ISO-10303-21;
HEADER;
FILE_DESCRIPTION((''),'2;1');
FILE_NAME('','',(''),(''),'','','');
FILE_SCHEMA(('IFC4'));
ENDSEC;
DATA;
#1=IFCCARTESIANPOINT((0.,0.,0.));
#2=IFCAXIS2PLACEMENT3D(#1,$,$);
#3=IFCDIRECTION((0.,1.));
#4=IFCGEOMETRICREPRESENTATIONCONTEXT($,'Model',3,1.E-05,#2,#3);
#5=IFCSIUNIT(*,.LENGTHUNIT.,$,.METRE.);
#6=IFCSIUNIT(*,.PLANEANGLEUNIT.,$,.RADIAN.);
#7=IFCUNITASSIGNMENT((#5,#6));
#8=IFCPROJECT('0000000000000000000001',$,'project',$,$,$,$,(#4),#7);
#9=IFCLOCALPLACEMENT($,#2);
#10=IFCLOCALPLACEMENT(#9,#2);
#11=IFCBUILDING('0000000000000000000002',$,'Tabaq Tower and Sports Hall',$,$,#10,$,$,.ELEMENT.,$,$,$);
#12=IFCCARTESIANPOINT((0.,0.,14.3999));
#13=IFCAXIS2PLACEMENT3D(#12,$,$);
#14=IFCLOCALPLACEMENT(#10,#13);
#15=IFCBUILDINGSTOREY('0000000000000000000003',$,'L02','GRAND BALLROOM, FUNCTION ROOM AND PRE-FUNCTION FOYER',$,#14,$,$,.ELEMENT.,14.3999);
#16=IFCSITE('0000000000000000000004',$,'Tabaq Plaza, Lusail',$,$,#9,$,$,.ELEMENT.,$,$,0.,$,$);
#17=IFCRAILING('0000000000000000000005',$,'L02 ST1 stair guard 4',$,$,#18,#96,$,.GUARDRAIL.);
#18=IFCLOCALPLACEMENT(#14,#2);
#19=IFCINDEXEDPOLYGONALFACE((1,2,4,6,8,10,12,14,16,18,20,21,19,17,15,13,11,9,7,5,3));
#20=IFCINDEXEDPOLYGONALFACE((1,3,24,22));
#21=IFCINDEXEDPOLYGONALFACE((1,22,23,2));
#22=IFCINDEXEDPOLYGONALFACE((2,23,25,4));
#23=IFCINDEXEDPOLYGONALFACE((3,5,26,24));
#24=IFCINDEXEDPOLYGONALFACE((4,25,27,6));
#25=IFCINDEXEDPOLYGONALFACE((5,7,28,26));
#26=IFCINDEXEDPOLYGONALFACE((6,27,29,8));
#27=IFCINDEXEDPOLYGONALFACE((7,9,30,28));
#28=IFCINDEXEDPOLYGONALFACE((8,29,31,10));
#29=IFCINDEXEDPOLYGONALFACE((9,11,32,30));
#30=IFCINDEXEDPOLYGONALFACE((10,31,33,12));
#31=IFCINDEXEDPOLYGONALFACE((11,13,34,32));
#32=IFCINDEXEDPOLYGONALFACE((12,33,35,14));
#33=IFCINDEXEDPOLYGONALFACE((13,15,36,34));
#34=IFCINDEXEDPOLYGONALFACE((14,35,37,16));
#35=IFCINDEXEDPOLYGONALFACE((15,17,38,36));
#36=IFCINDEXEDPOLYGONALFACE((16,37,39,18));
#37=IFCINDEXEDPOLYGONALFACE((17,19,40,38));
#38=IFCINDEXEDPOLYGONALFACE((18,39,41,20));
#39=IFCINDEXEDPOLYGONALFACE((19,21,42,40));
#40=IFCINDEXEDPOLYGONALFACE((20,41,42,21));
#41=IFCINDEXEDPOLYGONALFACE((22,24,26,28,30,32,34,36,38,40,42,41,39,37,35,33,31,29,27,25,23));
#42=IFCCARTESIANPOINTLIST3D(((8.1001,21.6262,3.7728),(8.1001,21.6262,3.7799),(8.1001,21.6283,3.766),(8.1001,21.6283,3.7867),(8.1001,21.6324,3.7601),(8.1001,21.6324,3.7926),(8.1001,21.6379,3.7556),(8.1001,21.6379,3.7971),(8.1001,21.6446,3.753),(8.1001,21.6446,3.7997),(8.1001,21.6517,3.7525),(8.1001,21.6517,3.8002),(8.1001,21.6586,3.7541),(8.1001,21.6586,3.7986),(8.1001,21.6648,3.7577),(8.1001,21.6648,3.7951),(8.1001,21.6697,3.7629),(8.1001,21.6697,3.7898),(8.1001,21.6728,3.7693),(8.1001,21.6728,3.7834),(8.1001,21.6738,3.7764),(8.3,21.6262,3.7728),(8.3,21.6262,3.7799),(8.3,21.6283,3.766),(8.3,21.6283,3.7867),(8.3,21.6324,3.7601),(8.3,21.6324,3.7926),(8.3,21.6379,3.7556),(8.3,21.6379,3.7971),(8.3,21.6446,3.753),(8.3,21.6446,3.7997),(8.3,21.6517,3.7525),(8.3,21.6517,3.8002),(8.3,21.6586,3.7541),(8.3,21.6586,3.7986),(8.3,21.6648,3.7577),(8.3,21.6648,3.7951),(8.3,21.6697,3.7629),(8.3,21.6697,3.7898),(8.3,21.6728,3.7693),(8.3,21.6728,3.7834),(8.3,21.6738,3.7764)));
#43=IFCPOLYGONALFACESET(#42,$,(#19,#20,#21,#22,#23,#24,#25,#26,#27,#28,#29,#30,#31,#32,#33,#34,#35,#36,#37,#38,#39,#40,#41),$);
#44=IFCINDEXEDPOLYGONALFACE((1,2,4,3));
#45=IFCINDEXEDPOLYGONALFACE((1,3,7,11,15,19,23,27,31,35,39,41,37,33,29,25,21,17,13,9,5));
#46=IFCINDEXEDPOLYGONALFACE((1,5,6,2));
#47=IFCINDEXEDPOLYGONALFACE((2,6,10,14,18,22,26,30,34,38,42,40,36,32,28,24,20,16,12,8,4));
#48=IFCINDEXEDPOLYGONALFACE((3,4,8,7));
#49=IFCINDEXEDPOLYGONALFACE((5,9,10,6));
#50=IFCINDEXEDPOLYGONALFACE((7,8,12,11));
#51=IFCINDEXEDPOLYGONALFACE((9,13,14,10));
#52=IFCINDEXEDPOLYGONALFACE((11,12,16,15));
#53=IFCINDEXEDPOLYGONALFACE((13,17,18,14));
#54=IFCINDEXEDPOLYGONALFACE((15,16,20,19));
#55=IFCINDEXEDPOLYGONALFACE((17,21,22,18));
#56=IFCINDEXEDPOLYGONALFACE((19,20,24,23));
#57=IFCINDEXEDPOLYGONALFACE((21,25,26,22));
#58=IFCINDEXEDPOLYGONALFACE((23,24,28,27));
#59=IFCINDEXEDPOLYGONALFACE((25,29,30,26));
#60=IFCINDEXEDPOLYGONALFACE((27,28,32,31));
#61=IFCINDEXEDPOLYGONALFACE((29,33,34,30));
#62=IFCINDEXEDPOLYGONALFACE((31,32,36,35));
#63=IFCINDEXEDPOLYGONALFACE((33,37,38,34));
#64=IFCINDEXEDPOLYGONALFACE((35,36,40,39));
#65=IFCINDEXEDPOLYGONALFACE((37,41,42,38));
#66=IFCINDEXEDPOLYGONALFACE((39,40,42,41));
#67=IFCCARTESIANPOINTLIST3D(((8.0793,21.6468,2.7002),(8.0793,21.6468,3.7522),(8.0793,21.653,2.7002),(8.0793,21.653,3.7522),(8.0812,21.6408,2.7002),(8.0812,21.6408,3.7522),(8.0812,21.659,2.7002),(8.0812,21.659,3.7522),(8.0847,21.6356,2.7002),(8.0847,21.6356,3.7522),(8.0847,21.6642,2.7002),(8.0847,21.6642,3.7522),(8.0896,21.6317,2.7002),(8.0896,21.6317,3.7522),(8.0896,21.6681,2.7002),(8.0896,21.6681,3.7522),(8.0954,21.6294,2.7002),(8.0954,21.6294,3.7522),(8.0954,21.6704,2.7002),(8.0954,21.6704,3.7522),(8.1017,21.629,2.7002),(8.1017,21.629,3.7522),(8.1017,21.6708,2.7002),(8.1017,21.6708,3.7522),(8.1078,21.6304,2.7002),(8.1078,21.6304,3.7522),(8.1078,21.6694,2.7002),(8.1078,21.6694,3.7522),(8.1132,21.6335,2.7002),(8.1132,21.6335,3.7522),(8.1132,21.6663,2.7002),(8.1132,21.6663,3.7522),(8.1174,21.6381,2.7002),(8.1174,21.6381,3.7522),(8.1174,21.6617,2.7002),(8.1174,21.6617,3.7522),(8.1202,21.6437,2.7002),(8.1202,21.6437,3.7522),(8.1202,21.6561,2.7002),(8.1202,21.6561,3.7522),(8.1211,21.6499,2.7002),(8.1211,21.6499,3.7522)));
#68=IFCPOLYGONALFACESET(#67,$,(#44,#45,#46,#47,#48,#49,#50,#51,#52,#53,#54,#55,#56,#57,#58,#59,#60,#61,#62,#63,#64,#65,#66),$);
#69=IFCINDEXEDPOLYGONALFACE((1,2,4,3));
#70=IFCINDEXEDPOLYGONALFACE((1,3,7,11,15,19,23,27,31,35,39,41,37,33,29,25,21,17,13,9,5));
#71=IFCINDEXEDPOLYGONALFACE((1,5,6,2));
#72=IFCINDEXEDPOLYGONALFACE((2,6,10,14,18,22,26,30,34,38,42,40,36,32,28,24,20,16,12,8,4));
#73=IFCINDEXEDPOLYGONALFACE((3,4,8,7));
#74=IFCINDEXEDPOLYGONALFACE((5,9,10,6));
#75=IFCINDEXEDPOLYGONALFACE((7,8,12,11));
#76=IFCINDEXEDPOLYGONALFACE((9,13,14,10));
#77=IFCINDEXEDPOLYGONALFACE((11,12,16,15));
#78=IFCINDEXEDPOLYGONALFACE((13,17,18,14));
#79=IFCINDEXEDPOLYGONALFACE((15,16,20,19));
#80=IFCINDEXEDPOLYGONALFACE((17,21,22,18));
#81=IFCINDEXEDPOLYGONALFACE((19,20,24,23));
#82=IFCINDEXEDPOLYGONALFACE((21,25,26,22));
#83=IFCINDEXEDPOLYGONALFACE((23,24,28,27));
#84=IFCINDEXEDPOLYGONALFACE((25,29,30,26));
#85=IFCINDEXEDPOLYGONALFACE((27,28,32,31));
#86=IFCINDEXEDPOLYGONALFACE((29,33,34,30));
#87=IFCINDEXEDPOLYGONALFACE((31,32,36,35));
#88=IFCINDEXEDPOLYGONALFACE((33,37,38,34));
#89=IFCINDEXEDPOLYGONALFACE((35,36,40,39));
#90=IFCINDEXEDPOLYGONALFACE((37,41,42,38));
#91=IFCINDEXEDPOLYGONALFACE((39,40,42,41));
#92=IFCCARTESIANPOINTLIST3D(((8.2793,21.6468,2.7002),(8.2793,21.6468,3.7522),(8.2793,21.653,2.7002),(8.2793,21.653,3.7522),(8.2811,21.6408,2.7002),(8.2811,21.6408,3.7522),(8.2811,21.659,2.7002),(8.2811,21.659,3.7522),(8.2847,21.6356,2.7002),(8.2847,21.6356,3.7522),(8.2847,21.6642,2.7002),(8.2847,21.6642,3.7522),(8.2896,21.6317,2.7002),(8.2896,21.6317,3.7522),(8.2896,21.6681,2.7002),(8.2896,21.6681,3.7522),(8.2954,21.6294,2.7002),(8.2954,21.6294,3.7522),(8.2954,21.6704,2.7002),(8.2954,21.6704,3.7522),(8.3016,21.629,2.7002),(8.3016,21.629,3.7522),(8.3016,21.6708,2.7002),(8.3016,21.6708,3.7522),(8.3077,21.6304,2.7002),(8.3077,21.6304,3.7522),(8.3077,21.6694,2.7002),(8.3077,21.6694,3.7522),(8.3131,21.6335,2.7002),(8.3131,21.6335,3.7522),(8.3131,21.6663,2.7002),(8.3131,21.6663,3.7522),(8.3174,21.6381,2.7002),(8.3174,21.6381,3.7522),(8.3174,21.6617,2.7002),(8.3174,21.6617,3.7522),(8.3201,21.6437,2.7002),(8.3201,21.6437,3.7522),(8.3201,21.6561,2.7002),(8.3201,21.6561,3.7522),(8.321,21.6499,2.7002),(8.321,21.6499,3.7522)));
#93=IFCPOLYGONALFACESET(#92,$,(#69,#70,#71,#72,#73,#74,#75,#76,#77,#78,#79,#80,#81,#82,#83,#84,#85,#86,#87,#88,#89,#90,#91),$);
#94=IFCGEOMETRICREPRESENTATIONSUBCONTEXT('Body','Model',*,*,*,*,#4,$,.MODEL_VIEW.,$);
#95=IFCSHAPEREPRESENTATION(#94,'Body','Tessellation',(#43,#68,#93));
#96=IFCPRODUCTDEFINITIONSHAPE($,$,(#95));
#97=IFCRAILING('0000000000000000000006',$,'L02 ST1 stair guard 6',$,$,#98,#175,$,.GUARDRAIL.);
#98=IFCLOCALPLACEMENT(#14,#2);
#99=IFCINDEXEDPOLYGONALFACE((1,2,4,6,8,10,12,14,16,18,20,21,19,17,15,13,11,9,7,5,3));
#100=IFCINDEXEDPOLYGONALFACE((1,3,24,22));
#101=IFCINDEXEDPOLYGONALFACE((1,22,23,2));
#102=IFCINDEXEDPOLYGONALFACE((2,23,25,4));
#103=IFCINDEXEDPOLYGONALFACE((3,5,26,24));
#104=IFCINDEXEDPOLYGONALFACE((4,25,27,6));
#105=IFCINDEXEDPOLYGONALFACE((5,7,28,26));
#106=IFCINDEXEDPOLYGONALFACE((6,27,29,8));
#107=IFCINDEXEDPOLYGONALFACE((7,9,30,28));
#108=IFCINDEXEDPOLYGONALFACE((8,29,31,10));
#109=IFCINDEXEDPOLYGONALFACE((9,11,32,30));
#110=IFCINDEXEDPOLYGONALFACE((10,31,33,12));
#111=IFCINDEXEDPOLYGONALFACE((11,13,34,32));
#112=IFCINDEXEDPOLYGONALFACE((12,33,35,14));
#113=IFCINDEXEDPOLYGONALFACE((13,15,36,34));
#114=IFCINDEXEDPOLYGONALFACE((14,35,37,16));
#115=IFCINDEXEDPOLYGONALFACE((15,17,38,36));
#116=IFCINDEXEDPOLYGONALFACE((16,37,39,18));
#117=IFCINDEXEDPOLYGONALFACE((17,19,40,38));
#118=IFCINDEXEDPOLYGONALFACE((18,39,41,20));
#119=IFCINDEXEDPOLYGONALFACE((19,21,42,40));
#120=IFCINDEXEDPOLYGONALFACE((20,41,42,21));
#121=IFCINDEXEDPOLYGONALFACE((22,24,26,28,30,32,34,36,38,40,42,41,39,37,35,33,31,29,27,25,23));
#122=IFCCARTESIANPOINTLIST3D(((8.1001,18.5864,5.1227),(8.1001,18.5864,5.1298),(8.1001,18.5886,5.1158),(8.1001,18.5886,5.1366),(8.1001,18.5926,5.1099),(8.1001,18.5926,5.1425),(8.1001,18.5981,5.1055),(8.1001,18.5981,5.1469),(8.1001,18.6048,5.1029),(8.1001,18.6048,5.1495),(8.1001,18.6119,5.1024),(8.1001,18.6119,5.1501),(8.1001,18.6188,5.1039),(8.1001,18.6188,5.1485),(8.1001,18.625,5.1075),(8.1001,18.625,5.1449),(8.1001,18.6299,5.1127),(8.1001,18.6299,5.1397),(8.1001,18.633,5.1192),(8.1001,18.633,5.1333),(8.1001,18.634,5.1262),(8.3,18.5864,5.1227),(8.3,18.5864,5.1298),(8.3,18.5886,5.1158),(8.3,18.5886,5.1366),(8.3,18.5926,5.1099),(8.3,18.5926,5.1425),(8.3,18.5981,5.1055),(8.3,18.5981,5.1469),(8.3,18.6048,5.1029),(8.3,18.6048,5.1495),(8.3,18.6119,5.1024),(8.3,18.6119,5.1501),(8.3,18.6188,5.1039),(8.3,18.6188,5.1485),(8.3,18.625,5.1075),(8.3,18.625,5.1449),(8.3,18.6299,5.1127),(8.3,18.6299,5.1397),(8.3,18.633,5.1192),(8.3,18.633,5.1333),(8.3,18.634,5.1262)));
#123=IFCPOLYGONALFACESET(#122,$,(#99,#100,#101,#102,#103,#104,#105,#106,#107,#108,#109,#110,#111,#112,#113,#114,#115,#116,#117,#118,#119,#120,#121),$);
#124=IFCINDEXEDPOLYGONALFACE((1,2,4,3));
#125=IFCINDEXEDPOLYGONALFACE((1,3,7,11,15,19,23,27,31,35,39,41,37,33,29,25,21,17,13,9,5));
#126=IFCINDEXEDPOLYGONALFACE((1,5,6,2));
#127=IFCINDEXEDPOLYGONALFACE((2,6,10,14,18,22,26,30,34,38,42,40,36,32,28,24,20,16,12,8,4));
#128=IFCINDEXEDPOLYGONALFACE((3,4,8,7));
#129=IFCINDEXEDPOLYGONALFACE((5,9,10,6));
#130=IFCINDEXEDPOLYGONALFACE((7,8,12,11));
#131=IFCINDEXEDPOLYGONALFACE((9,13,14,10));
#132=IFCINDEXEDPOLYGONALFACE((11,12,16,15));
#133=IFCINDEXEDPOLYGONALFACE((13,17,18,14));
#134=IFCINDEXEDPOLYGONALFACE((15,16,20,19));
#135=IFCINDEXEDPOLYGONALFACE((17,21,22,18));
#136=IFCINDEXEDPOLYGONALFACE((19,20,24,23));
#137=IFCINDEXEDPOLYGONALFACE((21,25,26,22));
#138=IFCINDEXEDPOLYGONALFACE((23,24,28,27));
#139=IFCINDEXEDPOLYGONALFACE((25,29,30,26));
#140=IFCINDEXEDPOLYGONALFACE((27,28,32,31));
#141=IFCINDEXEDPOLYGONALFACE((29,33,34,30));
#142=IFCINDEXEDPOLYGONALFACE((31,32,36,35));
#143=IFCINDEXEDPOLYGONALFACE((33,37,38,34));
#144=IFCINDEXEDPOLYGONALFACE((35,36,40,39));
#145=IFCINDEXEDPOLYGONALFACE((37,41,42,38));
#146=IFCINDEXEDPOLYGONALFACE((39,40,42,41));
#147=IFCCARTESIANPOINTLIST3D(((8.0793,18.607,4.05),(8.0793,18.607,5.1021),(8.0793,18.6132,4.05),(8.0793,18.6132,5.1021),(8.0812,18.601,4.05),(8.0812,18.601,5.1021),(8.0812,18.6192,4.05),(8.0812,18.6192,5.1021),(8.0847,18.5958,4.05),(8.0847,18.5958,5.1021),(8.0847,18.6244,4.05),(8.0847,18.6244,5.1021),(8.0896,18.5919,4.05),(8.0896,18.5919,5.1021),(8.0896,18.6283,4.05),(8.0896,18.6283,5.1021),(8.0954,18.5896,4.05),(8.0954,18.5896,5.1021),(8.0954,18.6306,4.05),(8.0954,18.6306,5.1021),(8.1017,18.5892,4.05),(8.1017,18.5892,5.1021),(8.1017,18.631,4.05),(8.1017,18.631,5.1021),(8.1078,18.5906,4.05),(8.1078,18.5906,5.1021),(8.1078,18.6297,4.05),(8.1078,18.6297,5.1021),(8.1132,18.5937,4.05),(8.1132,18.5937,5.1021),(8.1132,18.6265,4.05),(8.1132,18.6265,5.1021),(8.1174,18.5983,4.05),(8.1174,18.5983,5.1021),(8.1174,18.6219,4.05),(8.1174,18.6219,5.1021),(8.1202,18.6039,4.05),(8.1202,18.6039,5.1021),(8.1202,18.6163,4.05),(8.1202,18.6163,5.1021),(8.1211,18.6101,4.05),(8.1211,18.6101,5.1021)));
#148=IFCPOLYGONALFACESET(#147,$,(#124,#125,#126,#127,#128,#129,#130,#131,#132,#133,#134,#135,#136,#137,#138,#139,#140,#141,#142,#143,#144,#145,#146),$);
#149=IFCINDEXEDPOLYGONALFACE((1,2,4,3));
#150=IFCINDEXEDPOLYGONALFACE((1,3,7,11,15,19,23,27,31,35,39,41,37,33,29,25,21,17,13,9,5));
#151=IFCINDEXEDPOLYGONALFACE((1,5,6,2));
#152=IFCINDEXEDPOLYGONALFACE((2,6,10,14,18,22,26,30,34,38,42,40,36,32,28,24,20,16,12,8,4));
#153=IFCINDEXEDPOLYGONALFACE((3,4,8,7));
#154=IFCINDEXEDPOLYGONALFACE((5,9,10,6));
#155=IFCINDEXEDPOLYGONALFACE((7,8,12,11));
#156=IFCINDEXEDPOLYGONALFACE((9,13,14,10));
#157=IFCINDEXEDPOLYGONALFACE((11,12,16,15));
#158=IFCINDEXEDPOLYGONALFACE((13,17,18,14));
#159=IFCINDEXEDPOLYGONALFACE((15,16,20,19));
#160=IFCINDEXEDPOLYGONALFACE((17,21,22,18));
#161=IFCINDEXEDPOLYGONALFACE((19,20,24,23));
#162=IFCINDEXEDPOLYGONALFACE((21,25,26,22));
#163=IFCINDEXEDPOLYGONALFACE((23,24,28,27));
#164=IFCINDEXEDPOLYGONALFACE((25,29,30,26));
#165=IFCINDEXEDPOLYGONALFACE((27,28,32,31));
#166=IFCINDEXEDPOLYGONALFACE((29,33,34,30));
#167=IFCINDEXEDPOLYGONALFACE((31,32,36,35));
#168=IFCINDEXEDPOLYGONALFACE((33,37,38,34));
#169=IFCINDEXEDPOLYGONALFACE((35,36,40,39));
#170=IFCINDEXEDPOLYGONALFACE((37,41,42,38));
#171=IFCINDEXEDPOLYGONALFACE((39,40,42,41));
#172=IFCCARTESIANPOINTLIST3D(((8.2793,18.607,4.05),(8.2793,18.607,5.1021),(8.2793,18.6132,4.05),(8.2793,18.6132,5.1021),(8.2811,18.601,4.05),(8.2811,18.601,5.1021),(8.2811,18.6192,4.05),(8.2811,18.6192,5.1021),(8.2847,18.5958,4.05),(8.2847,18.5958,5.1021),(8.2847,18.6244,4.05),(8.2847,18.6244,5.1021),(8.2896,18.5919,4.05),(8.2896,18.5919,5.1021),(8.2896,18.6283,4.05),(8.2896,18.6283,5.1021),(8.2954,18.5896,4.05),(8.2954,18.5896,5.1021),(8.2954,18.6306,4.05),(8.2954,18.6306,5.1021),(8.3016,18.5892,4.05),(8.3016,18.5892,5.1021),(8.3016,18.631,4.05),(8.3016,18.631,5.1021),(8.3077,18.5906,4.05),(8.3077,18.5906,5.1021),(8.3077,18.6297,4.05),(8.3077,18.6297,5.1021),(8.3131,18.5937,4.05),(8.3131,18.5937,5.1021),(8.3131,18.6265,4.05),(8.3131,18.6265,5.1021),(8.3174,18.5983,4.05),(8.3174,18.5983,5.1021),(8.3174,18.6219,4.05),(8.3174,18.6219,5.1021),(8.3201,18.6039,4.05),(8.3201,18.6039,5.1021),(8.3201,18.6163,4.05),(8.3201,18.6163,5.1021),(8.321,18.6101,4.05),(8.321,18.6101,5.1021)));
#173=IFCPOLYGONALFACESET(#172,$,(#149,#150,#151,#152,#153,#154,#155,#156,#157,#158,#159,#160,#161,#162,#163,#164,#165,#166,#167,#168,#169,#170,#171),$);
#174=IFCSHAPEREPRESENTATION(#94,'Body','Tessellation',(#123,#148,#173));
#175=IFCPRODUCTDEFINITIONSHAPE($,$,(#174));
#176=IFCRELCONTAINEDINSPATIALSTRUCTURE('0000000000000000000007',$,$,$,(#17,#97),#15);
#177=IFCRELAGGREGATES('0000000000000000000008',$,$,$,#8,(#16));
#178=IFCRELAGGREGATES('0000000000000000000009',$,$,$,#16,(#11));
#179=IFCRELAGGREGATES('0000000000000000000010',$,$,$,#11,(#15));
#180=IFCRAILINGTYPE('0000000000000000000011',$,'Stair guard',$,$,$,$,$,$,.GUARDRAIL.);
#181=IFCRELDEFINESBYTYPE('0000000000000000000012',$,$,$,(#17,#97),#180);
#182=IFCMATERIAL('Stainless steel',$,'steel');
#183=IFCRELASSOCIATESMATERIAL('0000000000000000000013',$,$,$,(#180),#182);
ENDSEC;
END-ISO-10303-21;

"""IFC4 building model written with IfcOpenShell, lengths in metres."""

from ifc_helpers import new_model, si_unit, direction, frame, origin, origin_2d, place, context, subcontext, project, spatial, circle, extrude, material, type_object, element, save


model = new_model("IFC4")

# Units and contexts
model_context = context("Model", 3, precision=1e-05, world=origin(), true_north=direction((0.0, 1.0)))
body_context = subcontext(model_context, "Body", "Model", "MODEL_VIEW")
ifc_project = project(units=[si_unit("LENGTHUNIT", "METRE"), si_unit("PLANEANGLEUNIT", "RADIAN")], contexts=[model_context])

# Site, building, storey
site_placement = place(None, origin())
site = spatial("IfcSite", under=ifc_project, at=site_placement, Name="Tabaq Plaza, Lusail", CompositionType="ELEMENT", RefElevation=0.0)
building_placement = place(site_placement, origin())
building = spatial("IfcBuilding", under=site, at=building_placement, Name="Tabaq Tower and Sports Hall", CompositionType="ELEMENT")
storey_placement = place(building_placement, frame((0.0, 0.0, 14.3999)))
storey = spatial("IfcBuildingStorey", under=building, at=storey_placement, Name="L02", Description="GRAND BALLROOM, FUNCTION ROOM AND PRE-FUNCTION FOYER", CompositionType="ELEMENT", Elevation=14.3999)

# Railings
ifc_material_1 = material(Name="Stainless steel", Category="steel")
railing_type_1 = type_object("IfcRailingType", Name="Stair guard", PredefinedType="GUARDRAIL", material=ifc_material_1)
for number, where, name in (
    (1, (8.1001, 21.6499, 2.7002), "L02 ST1 stair guard 4"),
    (2, (8.1001, 18.6101, 4.05), "L02 ST1 stair guard 6"),
):
    element("IfcRailing", number, at=place(storey_placement, frame(where)), inside=storey, type_object=railing_type_1, Name=name, PredefinedType="GUARDRAIL", context=body_context, shape_type="SweptSolid", body=[
        extrude(circle(Radius=0.0239, at=origin_2d()), frame((0.0, 0.0, 1.0762), z_axis=(1.0, 0.0, 0.0), x_axis=(0.0, 1.0, 0.0)), (0.0, 0.0, 1.0), 0.2),
        extrude(circle(Radius=0.021, at=origin_2d()), origin(), (0.0, 0.0, 1.0), 1.052),
        extrude(circle(Radius=0.021, at=origin_2d()), frame((0.2, 0.0, 0.0)), (0.0, 0.0, 1.0), 1.052),
    ])

save(model, "model.ifc")
